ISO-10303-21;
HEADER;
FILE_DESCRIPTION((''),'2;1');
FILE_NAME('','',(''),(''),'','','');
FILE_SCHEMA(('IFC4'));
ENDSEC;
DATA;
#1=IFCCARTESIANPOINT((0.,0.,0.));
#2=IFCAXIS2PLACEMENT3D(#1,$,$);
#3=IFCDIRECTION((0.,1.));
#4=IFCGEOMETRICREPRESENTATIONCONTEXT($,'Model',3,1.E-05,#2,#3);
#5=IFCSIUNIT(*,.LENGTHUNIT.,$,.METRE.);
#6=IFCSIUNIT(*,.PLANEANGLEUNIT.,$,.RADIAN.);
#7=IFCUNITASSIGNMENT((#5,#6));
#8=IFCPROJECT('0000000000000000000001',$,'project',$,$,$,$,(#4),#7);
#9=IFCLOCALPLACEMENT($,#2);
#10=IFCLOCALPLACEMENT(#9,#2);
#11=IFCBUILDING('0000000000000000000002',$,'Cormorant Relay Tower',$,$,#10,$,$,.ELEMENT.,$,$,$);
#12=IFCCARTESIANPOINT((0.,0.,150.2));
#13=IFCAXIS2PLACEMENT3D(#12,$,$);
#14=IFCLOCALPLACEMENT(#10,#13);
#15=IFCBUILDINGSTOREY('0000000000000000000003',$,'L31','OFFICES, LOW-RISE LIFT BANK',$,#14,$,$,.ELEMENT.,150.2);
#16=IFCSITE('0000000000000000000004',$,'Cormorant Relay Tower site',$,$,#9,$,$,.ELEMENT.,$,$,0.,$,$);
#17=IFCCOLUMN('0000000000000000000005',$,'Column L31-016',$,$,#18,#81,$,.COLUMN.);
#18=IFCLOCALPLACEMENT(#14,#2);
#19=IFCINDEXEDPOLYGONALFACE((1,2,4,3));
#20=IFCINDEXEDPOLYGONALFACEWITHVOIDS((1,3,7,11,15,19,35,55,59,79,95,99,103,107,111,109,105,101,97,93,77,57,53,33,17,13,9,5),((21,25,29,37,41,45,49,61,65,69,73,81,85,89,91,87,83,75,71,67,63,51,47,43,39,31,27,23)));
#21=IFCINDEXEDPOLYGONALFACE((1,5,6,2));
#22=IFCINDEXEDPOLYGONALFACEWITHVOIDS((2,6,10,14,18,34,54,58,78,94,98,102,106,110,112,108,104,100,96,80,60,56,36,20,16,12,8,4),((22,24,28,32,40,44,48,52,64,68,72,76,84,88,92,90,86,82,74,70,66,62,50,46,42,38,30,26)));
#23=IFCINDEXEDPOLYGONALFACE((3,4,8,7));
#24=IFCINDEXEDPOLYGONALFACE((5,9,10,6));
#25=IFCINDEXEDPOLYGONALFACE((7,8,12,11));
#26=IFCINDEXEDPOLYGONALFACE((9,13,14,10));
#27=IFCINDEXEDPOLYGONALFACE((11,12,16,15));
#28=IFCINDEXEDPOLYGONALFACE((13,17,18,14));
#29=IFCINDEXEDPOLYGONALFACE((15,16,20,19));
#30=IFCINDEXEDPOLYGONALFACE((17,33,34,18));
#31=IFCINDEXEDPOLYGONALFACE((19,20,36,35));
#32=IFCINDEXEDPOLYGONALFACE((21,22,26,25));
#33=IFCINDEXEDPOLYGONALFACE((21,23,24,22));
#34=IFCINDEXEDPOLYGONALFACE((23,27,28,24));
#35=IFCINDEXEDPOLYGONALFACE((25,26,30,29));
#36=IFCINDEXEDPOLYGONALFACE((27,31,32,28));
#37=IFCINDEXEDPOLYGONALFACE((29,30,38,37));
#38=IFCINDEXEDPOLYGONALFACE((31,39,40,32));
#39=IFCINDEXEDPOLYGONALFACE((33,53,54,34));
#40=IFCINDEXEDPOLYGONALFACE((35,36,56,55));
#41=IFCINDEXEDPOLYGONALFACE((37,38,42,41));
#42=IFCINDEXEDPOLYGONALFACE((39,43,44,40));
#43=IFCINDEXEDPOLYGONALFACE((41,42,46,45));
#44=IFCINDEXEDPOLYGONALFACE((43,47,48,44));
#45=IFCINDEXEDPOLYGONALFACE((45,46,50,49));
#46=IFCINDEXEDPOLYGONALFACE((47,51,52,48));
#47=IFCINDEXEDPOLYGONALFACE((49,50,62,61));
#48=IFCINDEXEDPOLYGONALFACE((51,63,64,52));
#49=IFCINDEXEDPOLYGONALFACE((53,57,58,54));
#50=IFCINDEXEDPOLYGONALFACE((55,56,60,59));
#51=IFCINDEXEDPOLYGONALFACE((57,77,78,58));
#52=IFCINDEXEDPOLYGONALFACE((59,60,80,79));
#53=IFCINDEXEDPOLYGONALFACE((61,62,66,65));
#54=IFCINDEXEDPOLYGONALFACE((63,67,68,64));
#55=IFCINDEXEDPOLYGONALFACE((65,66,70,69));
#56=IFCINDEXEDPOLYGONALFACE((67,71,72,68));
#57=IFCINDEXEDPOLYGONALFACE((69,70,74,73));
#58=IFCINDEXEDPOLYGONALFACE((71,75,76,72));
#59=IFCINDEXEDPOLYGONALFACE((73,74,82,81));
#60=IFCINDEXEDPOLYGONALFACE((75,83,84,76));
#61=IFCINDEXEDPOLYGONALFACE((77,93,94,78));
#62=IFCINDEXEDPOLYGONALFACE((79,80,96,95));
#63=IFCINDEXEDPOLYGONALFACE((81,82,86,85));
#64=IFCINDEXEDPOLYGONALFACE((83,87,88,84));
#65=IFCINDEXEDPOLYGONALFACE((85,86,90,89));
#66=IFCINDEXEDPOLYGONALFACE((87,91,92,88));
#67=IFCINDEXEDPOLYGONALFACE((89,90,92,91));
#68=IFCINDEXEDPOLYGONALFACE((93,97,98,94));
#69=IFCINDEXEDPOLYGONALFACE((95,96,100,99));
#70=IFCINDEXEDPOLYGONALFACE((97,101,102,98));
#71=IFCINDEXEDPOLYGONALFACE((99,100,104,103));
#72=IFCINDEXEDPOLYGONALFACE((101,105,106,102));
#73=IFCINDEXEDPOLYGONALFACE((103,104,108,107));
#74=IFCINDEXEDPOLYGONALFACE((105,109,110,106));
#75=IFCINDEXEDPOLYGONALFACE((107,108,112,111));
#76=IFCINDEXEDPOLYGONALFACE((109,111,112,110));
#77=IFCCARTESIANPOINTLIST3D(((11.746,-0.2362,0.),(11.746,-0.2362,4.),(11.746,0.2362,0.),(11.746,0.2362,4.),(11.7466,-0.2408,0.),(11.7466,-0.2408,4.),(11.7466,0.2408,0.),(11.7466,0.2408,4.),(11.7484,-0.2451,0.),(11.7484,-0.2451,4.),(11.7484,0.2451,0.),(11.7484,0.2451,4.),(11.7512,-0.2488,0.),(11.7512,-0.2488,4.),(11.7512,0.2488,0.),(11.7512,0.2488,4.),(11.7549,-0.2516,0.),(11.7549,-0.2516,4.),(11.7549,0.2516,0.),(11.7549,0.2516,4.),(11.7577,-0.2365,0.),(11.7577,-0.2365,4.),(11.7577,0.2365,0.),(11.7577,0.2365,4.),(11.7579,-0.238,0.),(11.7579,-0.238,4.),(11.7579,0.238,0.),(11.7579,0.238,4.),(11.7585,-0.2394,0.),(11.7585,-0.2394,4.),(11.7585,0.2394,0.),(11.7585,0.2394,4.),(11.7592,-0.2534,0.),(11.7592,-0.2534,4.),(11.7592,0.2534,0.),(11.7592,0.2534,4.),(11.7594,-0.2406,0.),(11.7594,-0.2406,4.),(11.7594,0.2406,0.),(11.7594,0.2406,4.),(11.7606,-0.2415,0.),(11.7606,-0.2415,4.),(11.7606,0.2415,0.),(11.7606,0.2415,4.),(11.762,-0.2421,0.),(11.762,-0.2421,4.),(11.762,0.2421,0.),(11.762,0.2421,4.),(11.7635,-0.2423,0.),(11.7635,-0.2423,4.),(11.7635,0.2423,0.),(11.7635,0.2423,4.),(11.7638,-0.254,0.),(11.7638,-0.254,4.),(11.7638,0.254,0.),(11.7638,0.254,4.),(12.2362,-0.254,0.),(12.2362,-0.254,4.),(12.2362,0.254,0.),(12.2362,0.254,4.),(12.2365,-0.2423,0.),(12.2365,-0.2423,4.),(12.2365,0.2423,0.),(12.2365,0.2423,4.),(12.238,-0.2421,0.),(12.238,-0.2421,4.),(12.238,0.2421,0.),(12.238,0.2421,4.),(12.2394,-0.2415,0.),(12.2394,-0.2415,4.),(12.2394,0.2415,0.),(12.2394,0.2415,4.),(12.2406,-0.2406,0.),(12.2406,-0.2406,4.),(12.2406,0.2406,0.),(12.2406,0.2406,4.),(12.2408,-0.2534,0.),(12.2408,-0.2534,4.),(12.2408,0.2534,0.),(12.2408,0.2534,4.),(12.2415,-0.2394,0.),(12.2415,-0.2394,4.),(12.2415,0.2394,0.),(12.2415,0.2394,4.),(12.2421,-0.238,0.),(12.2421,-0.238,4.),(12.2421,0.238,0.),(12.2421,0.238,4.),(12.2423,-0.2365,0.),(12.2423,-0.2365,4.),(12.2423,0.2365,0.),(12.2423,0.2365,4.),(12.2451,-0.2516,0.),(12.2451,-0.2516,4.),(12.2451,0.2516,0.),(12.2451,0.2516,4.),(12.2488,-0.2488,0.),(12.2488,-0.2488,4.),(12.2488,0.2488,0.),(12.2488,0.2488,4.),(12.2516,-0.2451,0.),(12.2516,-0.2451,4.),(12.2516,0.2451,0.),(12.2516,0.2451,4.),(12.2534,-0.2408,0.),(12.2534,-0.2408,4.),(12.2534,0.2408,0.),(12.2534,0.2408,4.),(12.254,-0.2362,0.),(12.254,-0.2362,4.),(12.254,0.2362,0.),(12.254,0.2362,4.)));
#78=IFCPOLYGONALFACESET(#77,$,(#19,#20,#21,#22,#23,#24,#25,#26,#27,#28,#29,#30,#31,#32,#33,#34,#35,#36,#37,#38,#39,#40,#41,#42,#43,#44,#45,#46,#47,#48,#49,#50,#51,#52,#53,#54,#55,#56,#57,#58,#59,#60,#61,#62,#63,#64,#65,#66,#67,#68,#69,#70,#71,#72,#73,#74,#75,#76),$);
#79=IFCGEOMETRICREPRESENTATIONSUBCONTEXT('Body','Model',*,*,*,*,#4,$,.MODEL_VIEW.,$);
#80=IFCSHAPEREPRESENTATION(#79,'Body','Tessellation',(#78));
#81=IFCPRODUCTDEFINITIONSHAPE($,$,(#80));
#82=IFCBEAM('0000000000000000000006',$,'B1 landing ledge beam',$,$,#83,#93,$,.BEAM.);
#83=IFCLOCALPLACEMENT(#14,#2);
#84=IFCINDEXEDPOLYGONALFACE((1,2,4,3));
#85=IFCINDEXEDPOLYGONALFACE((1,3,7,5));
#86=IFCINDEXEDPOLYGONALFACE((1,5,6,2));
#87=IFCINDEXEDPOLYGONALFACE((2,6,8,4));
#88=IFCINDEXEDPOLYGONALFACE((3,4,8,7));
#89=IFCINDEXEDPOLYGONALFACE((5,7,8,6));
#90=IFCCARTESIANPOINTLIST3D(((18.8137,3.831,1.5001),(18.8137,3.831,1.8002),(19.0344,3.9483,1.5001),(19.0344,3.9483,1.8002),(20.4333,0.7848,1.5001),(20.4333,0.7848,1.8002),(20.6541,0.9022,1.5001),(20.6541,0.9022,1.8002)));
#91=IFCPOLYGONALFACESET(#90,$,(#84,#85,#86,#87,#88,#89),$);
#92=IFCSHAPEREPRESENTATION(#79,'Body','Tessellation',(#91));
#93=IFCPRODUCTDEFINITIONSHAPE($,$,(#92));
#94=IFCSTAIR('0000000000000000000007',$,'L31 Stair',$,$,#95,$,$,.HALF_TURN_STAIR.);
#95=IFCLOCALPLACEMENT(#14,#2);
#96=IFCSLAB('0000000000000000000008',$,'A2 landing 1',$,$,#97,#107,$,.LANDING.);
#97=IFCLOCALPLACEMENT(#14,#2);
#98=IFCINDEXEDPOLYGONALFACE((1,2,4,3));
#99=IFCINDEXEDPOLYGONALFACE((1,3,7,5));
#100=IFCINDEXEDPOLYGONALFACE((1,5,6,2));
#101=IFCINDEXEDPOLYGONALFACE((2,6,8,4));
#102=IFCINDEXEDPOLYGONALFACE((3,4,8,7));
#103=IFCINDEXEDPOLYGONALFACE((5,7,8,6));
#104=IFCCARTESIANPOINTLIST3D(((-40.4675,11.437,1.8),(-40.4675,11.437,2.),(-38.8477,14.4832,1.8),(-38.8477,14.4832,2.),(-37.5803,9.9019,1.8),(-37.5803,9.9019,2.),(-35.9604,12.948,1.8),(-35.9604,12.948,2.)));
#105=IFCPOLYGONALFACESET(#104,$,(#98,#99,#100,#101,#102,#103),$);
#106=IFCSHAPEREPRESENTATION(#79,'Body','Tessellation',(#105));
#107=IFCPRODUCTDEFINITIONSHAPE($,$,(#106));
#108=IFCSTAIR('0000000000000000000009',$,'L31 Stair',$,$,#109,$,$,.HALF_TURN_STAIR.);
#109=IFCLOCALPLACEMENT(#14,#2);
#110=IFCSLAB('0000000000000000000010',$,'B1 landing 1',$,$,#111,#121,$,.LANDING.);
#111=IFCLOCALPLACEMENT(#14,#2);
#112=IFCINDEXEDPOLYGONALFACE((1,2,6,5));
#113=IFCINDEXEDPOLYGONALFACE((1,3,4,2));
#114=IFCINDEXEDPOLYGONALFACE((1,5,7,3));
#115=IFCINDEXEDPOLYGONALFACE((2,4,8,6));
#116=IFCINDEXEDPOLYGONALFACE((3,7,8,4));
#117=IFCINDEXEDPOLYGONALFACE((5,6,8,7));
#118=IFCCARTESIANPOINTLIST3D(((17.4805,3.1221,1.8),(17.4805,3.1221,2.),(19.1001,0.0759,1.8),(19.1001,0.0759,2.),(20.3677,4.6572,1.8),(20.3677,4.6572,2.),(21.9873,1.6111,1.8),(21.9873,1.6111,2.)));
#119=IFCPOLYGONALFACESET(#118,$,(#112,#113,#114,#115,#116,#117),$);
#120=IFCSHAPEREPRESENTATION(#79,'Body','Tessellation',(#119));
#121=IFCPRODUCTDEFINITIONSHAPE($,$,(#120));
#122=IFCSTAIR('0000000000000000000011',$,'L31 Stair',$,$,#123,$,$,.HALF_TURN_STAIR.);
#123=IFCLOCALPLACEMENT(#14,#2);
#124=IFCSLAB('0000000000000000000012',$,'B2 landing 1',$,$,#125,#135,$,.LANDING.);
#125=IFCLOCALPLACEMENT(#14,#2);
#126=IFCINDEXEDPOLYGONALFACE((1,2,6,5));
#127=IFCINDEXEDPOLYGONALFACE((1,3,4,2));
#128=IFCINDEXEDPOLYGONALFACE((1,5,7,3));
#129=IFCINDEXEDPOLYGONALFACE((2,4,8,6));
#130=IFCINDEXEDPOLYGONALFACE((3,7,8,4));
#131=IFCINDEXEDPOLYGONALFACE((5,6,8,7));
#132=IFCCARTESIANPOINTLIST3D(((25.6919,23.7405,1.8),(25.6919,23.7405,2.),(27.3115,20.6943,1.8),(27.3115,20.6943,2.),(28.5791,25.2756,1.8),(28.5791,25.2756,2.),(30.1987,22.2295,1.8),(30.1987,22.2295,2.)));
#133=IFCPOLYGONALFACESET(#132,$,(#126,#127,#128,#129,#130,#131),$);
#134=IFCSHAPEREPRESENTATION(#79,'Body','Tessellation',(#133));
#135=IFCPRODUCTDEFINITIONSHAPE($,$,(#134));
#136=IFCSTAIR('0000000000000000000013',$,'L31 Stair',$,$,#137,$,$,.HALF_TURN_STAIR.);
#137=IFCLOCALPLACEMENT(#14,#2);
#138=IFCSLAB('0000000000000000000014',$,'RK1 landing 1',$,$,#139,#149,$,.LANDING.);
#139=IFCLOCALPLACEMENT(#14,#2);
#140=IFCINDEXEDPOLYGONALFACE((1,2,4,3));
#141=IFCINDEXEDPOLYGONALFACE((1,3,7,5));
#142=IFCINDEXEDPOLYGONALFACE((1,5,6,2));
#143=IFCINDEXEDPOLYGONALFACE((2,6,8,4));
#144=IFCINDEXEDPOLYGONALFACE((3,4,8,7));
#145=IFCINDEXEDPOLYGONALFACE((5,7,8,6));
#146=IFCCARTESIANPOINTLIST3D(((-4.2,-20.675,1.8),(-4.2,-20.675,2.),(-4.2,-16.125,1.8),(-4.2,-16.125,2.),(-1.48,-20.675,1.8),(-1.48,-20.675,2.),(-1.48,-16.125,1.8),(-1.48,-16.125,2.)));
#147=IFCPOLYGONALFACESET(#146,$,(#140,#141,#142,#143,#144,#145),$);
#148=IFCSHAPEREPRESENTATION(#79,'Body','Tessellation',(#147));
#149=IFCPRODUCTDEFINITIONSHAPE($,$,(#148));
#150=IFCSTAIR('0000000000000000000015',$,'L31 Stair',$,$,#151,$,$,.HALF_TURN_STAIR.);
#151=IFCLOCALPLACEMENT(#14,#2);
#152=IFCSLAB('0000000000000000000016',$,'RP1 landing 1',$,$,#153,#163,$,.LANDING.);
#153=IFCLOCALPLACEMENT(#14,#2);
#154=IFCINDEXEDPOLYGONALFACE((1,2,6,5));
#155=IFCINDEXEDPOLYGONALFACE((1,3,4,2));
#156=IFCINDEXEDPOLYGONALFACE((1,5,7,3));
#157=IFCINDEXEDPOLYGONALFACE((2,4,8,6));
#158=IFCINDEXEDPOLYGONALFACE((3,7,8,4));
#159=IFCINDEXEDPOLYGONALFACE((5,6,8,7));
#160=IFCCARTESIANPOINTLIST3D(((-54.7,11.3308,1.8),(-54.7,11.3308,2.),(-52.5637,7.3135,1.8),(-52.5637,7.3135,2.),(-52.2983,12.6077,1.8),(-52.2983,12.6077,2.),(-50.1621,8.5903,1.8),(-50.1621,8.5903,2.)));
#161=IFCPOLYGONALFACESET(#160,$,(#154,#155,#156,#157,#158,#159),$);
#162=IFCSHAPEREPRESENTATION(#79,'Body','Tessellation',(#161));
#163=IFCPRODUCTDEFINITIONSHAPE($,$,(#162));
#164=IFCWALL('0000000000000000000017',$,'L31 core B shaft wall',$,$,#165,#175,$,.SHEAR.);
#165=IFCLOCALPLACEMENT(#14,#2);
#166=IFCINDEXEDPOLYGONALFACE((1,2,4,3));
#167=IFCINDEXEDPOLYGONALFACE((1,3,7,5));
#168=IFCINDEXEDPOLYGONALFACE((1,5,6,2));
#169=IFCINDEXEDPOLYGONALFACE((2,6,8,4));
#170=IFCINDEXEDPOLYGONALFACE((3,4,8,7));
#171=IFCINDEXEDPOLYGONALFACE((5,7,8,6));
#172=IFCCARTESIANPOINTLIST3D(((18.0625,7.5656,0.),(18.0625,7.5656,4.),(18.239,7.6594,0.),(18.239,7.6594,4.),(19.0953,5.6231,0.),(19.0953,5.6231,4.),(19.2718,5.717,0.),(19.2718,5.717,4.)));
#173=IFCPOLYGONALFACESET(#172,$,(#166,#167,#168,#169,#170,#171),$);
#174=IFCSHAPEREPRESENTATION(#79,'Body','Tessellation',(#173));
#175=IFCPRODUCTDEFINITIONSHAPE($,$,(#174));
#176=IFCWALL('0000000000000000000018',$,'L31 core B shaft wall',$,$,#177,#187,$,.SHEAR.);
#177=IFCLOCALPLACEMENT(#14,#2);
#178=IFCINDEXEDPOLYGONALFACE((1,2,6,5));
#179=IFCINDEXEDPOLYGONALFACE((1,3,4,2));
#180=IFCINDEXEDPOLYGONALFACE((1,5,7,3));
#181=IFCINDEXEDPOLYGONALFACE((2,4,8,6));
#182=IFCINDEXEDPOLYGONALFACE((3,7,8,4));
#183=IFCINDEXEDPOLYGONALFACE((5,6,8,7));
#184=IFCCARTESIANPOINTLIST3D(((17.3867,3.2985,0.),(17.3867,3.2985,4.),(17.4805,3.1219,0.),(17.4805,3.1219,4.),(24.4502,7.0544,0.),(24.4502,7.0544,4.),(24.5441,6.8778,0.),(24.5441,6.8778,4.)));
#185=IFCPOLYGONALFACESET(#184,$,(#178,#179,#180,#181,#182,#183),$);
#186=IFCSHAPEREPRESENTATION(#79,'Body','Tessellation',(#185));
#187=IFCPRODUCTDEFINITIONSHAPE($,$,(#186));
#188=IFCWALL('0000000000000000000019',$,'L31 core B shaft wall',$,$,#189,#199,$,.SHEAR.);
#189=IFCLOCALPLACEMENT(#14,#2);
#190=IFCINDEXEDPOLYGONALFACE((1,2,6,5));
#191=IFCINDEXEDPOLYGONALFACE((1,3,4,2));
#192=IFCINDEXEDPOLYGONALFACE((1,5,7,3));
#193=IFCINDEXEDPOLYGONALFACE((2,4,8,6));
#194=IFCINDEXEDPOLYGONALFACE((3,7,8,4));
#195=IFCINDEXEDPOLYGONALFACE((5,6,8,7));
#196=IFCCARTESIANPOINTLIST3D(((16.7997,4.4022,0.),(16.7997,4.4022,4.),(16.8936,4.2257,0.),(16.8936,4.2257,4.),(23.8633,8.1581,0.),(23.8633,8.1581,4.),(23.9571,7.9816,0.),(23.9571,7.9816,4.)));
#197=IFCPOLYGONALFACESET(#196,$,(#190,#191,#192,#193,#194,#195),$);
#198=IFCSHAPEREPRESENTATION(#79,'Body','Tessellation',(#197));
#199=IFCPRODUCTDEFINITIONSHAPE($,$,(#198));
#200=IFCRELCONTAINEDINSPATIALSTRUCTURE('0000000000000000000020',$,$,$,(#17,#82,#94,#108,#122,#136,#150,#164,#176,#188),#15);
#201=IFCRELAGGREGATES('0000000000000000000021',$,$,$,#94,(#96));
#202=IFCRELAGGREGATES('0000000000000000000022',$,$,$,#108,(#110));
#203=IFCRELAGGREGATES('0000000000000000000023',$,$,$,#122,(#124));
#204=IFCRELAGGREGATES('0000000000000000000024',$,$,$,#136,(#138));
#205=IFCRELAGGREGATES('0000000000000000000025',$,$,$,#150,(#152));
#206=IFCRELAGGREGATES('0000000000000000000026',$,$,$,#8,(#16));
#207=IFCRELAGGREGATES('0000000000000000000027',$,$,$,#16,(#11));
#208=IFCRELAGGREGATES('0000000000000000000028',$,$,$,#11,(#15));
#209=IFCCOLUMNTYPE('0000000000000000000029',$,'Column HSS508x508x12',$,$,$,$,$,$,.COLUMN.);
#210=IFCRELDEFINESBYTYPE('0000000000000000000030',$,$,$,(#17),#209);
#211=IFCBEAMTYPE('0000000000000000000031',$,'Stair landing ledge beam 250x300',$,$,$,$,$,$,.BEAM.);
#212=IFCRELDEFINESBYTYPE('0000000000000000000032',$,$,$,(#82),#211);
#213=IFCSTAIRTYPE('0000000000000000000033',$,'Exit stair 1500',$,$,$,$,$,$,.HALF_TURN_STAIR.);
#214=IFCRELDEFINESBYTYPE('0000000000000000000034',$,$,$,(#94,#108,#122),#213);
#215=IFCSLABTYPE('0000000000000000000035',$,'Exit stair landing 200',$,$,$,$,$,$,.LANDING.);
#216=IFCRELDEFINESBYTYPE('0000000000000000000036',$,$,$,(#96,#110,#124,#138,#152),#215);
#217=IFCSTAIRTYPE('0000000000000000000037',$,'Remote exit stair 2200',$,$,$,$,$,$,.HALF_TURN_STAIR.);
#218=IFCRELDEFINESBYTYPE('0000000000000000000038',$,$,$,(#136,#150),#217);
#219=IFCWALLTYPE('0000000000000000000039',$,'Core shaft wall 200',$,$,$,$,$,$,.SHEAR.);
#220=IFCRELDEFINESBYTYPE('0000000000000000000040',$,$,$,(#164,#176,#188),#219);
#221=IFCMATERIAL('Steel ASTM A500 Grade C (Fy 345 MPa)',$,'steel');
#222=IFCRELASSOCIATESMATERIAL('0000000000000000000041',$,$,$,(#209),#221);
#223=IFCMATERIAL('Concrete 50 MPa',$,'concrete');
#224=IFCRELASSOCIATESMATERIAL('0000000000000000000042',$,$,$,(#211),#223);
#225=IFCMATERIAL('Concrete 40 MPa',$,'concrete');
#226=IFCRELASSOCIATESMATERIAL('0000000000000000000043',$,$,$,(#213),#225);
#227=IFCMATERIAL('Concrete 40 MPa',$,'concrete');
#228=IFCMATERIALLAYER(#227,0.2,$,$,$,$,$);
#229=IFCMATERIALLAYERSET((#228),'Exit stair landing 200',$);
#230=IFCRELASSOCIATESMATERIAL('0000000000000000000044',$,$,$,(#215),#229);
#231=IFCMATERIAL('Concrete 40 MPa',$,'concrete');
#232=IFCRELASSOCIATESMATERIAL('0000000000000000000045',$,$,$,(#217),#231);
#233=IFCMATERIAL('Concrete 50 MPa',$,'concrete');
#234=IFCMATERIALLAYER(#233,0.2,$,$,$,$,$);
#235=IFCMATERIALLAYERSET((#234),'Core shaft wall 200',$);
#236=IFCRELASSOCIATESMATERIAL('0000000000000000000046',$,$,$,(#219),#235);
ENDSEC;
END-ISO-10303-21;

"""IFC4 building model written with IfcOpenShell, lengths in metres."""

from ifc_helpers import new_model, si_unit, direction, frame, frame_2d, origin, origin_2d, place, context, subcontext, project, spatial, polyline, rectangle, hollow_rectangle, outline, extrude, material, layer, layer_set, material_profile, profile_set, type_object, element, aggregate, save


model = new_model("IFC4")

# Units and contexts
model_context = context("Model", 3, precision=1e-05, world=origin(), true_north=direction((0.0, 1.0)))
body_context = subcontext(model_context, "Body", "Model", "MODEL_VIEW")
ifc_project = project(units=[si_unit("LENGTHUNIT", "METRE"), si_unit("PLANEANGLEUNIT", "RADIAN")], contexts=[model_context])

# Site, building, storey
site_placement = place(None, origin())
site = spatial("IfcSite", under=ifc_project, at=site_placement, Name="Cormorant Relay Tower site", CompositionType="ELEMENT", RefElevation=0.0)
building_placement = place(site_placement, origin())
building = spatial("IfcBuilding", under=site, at=building_placement, Name="Cormorant Relay Tower", CompositionType="ELEMENT")
storey_placement = place(building_placement, frame((0.0, 0.0, 150.2)))
storey = spatial("IfcBuildingStorey", under=building, at=storey_placement, Name="L31", Description="OFFICES, LOW-RISE LIFT BANK", CompositionType="ELEMENT", Elevation=150.2)

# Column
ifc_material_1 = material(Name="Steel ASTM A500 Grade C (Fy 345 MPa)", Category="steel")
ifc_material_profile_1 = material_profile(ifc_material_1, hollow_rectangle(XDim=0.5081, YDim=0.5081, WallThickness=0.0117, InnerFilletRadius=0.0059, OuterFilletRadius=0.0178, at=origin_2d()), Name="HSS508x508x12")
ifc_profile_set_1 = profile_set([ifc_material_profile_1], Name="Steel ASTM A500 Grade C (Fy 345 MPa)")
column_type = type_object("IfcColumnType", Name="Column HSS508x508x12", PredefinedType="COLUMN", material=ifc_profile_set_1)
column_placement = place(storey_placement, frame((12.0, 0.0, 0.0), z_axis=(0.0, 0.0, 1.0), x_axis=(1.0, 0.0, 0.0)))
element("IfcColumn", 1, at=column_placement, inside=storey, type_object=column_type, Name="Column L31-016", PredefinedType="COLUMN", context=body_context, shape_type="SweptSolid", body=[
    extrude(hollow_rectangle(XDim=0.5081, YDim=0.5081, WallThickness=0.0117, InnerFilletRadius=0.0059, OuterFilletRadius=0.0178, at=origin_2d()), origin(), (0.0, 0.0, 1.0), 4.0),
])

# Beam
ifc_material_2 = material(Name="Concrete 50 MPa", Category="concrete")
ifc_material_profile_2 = material_profile(ifc_material_2, rectangle(XDim=0.25, YDim=0.3, at=origin_2d()), Name="RC 250x300")
ifc_profile_set_2 = profile_set([ifc_material_profile_2], Name="Concrete 50 MPa")
beam_type = type_object("IfcBeamType", Name="Stair landing ledge beam 250x300", PredefinedType="BEAM", material=ifc_profile_set_2)
beam_placement = place(storey_placement, frame((18.9241, 3.8896, 1.6501), z_axis=(0.469464, -0.882952, 0.0), x_axis=(0.882952, 0.469464, 0.0)))
element("IfcBeam", 2, at=beam_placement, inside=storey, type_object=beam_type, Name="B1 landing ledge beam", PredefinedType="BEAM", context=body_context, shape_type="SweptSolid", body=[
    extrude(rectangle(XDim=0.25, YDim=0.3, at=origin_2d()), origin(), (0.0, 0.0, 1.0), 3.45),
])

# Stairs, slabs
ifc_material_3 = material(Name="Concrete 40 MPa", Category="concrete")
stair_type_1 = type_object("IfcStairType", Name="Exit stair 1500", PredefinedType="HALF_TURN_STAIR", material=ifc_material_3)
stair_1_placement = place(storey_placement, origin())
stair_1 = element("IfcStair", 3, at=stair_1_placement, inside=storey, type_object=stair_type_1, Name="L31 Stair", PredefinedType="HALF_TURN_STAIR")
ifc_material_4 = material(Name="Concrete 40 MPa", Category="concrete")
ifc_layer_1 = layer(ifc_material_4, 0.2)
ifc_layer_set_1 = layer_set([ifc_layer_1], Name="Exit stair landing 200")
slab_type = type_object("IfcSlabType", Name="Exit stair landing 200", PredefinedType="LANDING", material=ifc_layer_set_1)
slab_1_placement = place(storey_placement, frame((0.0, 0.0, 1.8)))
slab_1 = element("IfcSlab", 4, at=slab_1_placement, type_object=slab_type, Name="A2 landing 1", PredefinedType="LANDING", context=body_context, shape_type="SweptSolid", body=[
    extrude(outline(polyline([(-35.9604, 12.948), (-38.8477, 14.4832), (-40.4675, 11.437), (-37.5803, 9.9019), (-35.9604, 12.948)])), origin(), (0.0, 0.0, 1.0), 0.2),
])
aggregate(stair_1, [slab_1])
stair_2_placement = place(storey_placement, origin())
stair_2 = element("IfcStair", 5, at=stair_2_placement, inside=storey, type_object=stair_type_1, Name="L31 Stair", PredefinedType="HALF_TURN_STAIR")
slab_2_placement = place(storey_placement, frame((0.0, 0.0, 1.8)))
slab_2 = element("IfcSlab", 6, at=slab_2_placement, type_object=slab_type, Name="B1 landing 1", PredefinedType="LANDING", context=body_context, shape_type="SweptSolid", body=[
    extrude(outline(polyline([(20.3677, 4.6572), (17.4805, 3.1221), (19.1001, 0.0759), (21.9873, 1.6111), (20.3677, 4.6572)])), origin(), (0.0, 0.0, 1.0), 0.2),
])
aggregate(stair_2, [slab_2])
stair_3_placement = place(storey_placement, origin())
stair_3 = element("IfcStair", 7, at=stair_3_placement, inside=storey, type_object=stair_type_1, Name="L31 Stair", PredefinedType="HALF_TURN_STAIR")
slab_3_placement = place(storey_placement, frame((0.0, 0.0, 1.8)))
slab_3 = element("IfcSlab", 8, at=slab_3_placement, type_object=slab_type, Name="B2 landing 1", PredefinedType="LANDING", context=body_context, shape_type="SweptSolid", body=[
    extrude(outline(polyline([(27.3115, 20.6943), (30.1987, 22.2295), (28.5791, 25.2756), (25.6919, 23.7405), (27.3115, 20.6943)])), origin(), (0.0, 0.0, 1.0), 0.2),
])
aggregate(stair_3, [slab_3])
ifc_material_5 = material(Name="Concrete 40 MPa", Category="concrete")
stair_type_2 = type_object("IfcStairType", Name="Remote exit stair 2200", PredefinedType="HALF_TURN_STAIR", material=ifc_material_5)
stair_4_placement = place(storey_placement, origin())
stair_4 = element("IfcStair", 9, at=stair_4_placement, inside=storey, type_object=stair_type_2, Name="L31 Stair", PredefinedType="HALF_TURN_STAIR")
slab_4_placement = place(storey_placement, frame((0.0, 0.0, 1.8)))
slab_4 = element("IfcSlab", 10, at=slab_4_placement, type_object=slab_type, Name="RK1 landing 1", PredefinedType="LANDING", context=body_context, shape_type="SweptSolid", body=[
    extrude(outline(polyline([(-1.48, -16.125), (-4.2, -16.125), (-4.2, -20.675), (-1.48, -20.675), (-1.48, -16.125)])), origin(), (0.0, 0.0, 1.0), 0.2),
])
aggregate(stair_4, [slab_4])
stair_5_placement = place(storey_placement, origin())
stair_5 = element("IfcStair", 11, at=stair_5_placement, inside=storey, type_object=stair_type_2, Name="L31 Stair", PredefinedType="HALF_TURN_STAIR")
slab_5_placement = place(storey_placement, frame((0.0, 0.0, 1.8)))
slab_5 = element("IfcSlab", 12, at=slab_5_placement, type_object=slab_type, Name="RP1 landing 1", PredefinedType="LANDING", context=body_context, shape_type="SweptSolid", body=[
    extrude(outline(polyline([(-52.2983, 12.6077), (-54.7, 11.3308), (-52.5637, 7.3135), (-50.1621, 8.5903), (-52.2983, 12.6077)])), origin(), (0.0, 0.0, 1.0), 0.2),
])
aggregate(stair_5, [slab_5])

# Walls
ifc_material_6 = material(Name="Concrete 50 MPa", Category="concrete")
ifc_layer_2 = layer(ifc_material_6, 0.2)
ifc_layer_set_2 = layer_set([ifc_layer_2], Name="Core shaft wall 200")
wall_type = type_object("IfcWallType", Name="Core shaft wall 200", PredefinedType="SHEAR", material=ifc_layer_set_2)
wall_1_placement = place(storey_placement, frame((19.1836, 5.6699, 0.0), z_axis=(0.0, 0.0, 1.0), x_axis=(-0.469447, 0.88296, 0.0)))
element("IfcWall", 13, at=wall_1_placement, inside=storey, type_object=wall_type, Name="L31 core B shaft wall", PredefinedType="SHEAR", context=body_context, shape_type="SweptSolid", body=[
    extrude(rectangle(XDim=2.2, YDim=0.2, at=frame_2d((1.1001, 0.0))), origin(), (0.0, 0.0, 1.0), 4.0),
])
for number, where, z_axis, x_axis, name in (
    (14, (17.4336, 3.2102, 0.0), (0.0, 0.0, 1.0), (0.88294, 0.469485, 0.0), "L31 core B shaft wall"),
    (15, (16.8467, 4.314, 0.0), (0.0, 0.0, 1.0), (0.88294, 0.469485, 0.0), "L31 core B shaft wall"),
):
    element("IfcWall", number, at=place(storey_placement, frame(where, z_axis=z_axis, x_axis=x_axis)), inside=storey, type_object=wall_type, Name=name, PredefinedType="SHEAR", context=body_context, shape_type="SweptSolid", body=[
        extrude(rectangle(XDim=8.0, YDim=0.2, at=frame_2d((4.0, 0.0))), origin(), (0.0, 0.0, 1.0), 4.0),
    ])

save(model, "model.ifc")
